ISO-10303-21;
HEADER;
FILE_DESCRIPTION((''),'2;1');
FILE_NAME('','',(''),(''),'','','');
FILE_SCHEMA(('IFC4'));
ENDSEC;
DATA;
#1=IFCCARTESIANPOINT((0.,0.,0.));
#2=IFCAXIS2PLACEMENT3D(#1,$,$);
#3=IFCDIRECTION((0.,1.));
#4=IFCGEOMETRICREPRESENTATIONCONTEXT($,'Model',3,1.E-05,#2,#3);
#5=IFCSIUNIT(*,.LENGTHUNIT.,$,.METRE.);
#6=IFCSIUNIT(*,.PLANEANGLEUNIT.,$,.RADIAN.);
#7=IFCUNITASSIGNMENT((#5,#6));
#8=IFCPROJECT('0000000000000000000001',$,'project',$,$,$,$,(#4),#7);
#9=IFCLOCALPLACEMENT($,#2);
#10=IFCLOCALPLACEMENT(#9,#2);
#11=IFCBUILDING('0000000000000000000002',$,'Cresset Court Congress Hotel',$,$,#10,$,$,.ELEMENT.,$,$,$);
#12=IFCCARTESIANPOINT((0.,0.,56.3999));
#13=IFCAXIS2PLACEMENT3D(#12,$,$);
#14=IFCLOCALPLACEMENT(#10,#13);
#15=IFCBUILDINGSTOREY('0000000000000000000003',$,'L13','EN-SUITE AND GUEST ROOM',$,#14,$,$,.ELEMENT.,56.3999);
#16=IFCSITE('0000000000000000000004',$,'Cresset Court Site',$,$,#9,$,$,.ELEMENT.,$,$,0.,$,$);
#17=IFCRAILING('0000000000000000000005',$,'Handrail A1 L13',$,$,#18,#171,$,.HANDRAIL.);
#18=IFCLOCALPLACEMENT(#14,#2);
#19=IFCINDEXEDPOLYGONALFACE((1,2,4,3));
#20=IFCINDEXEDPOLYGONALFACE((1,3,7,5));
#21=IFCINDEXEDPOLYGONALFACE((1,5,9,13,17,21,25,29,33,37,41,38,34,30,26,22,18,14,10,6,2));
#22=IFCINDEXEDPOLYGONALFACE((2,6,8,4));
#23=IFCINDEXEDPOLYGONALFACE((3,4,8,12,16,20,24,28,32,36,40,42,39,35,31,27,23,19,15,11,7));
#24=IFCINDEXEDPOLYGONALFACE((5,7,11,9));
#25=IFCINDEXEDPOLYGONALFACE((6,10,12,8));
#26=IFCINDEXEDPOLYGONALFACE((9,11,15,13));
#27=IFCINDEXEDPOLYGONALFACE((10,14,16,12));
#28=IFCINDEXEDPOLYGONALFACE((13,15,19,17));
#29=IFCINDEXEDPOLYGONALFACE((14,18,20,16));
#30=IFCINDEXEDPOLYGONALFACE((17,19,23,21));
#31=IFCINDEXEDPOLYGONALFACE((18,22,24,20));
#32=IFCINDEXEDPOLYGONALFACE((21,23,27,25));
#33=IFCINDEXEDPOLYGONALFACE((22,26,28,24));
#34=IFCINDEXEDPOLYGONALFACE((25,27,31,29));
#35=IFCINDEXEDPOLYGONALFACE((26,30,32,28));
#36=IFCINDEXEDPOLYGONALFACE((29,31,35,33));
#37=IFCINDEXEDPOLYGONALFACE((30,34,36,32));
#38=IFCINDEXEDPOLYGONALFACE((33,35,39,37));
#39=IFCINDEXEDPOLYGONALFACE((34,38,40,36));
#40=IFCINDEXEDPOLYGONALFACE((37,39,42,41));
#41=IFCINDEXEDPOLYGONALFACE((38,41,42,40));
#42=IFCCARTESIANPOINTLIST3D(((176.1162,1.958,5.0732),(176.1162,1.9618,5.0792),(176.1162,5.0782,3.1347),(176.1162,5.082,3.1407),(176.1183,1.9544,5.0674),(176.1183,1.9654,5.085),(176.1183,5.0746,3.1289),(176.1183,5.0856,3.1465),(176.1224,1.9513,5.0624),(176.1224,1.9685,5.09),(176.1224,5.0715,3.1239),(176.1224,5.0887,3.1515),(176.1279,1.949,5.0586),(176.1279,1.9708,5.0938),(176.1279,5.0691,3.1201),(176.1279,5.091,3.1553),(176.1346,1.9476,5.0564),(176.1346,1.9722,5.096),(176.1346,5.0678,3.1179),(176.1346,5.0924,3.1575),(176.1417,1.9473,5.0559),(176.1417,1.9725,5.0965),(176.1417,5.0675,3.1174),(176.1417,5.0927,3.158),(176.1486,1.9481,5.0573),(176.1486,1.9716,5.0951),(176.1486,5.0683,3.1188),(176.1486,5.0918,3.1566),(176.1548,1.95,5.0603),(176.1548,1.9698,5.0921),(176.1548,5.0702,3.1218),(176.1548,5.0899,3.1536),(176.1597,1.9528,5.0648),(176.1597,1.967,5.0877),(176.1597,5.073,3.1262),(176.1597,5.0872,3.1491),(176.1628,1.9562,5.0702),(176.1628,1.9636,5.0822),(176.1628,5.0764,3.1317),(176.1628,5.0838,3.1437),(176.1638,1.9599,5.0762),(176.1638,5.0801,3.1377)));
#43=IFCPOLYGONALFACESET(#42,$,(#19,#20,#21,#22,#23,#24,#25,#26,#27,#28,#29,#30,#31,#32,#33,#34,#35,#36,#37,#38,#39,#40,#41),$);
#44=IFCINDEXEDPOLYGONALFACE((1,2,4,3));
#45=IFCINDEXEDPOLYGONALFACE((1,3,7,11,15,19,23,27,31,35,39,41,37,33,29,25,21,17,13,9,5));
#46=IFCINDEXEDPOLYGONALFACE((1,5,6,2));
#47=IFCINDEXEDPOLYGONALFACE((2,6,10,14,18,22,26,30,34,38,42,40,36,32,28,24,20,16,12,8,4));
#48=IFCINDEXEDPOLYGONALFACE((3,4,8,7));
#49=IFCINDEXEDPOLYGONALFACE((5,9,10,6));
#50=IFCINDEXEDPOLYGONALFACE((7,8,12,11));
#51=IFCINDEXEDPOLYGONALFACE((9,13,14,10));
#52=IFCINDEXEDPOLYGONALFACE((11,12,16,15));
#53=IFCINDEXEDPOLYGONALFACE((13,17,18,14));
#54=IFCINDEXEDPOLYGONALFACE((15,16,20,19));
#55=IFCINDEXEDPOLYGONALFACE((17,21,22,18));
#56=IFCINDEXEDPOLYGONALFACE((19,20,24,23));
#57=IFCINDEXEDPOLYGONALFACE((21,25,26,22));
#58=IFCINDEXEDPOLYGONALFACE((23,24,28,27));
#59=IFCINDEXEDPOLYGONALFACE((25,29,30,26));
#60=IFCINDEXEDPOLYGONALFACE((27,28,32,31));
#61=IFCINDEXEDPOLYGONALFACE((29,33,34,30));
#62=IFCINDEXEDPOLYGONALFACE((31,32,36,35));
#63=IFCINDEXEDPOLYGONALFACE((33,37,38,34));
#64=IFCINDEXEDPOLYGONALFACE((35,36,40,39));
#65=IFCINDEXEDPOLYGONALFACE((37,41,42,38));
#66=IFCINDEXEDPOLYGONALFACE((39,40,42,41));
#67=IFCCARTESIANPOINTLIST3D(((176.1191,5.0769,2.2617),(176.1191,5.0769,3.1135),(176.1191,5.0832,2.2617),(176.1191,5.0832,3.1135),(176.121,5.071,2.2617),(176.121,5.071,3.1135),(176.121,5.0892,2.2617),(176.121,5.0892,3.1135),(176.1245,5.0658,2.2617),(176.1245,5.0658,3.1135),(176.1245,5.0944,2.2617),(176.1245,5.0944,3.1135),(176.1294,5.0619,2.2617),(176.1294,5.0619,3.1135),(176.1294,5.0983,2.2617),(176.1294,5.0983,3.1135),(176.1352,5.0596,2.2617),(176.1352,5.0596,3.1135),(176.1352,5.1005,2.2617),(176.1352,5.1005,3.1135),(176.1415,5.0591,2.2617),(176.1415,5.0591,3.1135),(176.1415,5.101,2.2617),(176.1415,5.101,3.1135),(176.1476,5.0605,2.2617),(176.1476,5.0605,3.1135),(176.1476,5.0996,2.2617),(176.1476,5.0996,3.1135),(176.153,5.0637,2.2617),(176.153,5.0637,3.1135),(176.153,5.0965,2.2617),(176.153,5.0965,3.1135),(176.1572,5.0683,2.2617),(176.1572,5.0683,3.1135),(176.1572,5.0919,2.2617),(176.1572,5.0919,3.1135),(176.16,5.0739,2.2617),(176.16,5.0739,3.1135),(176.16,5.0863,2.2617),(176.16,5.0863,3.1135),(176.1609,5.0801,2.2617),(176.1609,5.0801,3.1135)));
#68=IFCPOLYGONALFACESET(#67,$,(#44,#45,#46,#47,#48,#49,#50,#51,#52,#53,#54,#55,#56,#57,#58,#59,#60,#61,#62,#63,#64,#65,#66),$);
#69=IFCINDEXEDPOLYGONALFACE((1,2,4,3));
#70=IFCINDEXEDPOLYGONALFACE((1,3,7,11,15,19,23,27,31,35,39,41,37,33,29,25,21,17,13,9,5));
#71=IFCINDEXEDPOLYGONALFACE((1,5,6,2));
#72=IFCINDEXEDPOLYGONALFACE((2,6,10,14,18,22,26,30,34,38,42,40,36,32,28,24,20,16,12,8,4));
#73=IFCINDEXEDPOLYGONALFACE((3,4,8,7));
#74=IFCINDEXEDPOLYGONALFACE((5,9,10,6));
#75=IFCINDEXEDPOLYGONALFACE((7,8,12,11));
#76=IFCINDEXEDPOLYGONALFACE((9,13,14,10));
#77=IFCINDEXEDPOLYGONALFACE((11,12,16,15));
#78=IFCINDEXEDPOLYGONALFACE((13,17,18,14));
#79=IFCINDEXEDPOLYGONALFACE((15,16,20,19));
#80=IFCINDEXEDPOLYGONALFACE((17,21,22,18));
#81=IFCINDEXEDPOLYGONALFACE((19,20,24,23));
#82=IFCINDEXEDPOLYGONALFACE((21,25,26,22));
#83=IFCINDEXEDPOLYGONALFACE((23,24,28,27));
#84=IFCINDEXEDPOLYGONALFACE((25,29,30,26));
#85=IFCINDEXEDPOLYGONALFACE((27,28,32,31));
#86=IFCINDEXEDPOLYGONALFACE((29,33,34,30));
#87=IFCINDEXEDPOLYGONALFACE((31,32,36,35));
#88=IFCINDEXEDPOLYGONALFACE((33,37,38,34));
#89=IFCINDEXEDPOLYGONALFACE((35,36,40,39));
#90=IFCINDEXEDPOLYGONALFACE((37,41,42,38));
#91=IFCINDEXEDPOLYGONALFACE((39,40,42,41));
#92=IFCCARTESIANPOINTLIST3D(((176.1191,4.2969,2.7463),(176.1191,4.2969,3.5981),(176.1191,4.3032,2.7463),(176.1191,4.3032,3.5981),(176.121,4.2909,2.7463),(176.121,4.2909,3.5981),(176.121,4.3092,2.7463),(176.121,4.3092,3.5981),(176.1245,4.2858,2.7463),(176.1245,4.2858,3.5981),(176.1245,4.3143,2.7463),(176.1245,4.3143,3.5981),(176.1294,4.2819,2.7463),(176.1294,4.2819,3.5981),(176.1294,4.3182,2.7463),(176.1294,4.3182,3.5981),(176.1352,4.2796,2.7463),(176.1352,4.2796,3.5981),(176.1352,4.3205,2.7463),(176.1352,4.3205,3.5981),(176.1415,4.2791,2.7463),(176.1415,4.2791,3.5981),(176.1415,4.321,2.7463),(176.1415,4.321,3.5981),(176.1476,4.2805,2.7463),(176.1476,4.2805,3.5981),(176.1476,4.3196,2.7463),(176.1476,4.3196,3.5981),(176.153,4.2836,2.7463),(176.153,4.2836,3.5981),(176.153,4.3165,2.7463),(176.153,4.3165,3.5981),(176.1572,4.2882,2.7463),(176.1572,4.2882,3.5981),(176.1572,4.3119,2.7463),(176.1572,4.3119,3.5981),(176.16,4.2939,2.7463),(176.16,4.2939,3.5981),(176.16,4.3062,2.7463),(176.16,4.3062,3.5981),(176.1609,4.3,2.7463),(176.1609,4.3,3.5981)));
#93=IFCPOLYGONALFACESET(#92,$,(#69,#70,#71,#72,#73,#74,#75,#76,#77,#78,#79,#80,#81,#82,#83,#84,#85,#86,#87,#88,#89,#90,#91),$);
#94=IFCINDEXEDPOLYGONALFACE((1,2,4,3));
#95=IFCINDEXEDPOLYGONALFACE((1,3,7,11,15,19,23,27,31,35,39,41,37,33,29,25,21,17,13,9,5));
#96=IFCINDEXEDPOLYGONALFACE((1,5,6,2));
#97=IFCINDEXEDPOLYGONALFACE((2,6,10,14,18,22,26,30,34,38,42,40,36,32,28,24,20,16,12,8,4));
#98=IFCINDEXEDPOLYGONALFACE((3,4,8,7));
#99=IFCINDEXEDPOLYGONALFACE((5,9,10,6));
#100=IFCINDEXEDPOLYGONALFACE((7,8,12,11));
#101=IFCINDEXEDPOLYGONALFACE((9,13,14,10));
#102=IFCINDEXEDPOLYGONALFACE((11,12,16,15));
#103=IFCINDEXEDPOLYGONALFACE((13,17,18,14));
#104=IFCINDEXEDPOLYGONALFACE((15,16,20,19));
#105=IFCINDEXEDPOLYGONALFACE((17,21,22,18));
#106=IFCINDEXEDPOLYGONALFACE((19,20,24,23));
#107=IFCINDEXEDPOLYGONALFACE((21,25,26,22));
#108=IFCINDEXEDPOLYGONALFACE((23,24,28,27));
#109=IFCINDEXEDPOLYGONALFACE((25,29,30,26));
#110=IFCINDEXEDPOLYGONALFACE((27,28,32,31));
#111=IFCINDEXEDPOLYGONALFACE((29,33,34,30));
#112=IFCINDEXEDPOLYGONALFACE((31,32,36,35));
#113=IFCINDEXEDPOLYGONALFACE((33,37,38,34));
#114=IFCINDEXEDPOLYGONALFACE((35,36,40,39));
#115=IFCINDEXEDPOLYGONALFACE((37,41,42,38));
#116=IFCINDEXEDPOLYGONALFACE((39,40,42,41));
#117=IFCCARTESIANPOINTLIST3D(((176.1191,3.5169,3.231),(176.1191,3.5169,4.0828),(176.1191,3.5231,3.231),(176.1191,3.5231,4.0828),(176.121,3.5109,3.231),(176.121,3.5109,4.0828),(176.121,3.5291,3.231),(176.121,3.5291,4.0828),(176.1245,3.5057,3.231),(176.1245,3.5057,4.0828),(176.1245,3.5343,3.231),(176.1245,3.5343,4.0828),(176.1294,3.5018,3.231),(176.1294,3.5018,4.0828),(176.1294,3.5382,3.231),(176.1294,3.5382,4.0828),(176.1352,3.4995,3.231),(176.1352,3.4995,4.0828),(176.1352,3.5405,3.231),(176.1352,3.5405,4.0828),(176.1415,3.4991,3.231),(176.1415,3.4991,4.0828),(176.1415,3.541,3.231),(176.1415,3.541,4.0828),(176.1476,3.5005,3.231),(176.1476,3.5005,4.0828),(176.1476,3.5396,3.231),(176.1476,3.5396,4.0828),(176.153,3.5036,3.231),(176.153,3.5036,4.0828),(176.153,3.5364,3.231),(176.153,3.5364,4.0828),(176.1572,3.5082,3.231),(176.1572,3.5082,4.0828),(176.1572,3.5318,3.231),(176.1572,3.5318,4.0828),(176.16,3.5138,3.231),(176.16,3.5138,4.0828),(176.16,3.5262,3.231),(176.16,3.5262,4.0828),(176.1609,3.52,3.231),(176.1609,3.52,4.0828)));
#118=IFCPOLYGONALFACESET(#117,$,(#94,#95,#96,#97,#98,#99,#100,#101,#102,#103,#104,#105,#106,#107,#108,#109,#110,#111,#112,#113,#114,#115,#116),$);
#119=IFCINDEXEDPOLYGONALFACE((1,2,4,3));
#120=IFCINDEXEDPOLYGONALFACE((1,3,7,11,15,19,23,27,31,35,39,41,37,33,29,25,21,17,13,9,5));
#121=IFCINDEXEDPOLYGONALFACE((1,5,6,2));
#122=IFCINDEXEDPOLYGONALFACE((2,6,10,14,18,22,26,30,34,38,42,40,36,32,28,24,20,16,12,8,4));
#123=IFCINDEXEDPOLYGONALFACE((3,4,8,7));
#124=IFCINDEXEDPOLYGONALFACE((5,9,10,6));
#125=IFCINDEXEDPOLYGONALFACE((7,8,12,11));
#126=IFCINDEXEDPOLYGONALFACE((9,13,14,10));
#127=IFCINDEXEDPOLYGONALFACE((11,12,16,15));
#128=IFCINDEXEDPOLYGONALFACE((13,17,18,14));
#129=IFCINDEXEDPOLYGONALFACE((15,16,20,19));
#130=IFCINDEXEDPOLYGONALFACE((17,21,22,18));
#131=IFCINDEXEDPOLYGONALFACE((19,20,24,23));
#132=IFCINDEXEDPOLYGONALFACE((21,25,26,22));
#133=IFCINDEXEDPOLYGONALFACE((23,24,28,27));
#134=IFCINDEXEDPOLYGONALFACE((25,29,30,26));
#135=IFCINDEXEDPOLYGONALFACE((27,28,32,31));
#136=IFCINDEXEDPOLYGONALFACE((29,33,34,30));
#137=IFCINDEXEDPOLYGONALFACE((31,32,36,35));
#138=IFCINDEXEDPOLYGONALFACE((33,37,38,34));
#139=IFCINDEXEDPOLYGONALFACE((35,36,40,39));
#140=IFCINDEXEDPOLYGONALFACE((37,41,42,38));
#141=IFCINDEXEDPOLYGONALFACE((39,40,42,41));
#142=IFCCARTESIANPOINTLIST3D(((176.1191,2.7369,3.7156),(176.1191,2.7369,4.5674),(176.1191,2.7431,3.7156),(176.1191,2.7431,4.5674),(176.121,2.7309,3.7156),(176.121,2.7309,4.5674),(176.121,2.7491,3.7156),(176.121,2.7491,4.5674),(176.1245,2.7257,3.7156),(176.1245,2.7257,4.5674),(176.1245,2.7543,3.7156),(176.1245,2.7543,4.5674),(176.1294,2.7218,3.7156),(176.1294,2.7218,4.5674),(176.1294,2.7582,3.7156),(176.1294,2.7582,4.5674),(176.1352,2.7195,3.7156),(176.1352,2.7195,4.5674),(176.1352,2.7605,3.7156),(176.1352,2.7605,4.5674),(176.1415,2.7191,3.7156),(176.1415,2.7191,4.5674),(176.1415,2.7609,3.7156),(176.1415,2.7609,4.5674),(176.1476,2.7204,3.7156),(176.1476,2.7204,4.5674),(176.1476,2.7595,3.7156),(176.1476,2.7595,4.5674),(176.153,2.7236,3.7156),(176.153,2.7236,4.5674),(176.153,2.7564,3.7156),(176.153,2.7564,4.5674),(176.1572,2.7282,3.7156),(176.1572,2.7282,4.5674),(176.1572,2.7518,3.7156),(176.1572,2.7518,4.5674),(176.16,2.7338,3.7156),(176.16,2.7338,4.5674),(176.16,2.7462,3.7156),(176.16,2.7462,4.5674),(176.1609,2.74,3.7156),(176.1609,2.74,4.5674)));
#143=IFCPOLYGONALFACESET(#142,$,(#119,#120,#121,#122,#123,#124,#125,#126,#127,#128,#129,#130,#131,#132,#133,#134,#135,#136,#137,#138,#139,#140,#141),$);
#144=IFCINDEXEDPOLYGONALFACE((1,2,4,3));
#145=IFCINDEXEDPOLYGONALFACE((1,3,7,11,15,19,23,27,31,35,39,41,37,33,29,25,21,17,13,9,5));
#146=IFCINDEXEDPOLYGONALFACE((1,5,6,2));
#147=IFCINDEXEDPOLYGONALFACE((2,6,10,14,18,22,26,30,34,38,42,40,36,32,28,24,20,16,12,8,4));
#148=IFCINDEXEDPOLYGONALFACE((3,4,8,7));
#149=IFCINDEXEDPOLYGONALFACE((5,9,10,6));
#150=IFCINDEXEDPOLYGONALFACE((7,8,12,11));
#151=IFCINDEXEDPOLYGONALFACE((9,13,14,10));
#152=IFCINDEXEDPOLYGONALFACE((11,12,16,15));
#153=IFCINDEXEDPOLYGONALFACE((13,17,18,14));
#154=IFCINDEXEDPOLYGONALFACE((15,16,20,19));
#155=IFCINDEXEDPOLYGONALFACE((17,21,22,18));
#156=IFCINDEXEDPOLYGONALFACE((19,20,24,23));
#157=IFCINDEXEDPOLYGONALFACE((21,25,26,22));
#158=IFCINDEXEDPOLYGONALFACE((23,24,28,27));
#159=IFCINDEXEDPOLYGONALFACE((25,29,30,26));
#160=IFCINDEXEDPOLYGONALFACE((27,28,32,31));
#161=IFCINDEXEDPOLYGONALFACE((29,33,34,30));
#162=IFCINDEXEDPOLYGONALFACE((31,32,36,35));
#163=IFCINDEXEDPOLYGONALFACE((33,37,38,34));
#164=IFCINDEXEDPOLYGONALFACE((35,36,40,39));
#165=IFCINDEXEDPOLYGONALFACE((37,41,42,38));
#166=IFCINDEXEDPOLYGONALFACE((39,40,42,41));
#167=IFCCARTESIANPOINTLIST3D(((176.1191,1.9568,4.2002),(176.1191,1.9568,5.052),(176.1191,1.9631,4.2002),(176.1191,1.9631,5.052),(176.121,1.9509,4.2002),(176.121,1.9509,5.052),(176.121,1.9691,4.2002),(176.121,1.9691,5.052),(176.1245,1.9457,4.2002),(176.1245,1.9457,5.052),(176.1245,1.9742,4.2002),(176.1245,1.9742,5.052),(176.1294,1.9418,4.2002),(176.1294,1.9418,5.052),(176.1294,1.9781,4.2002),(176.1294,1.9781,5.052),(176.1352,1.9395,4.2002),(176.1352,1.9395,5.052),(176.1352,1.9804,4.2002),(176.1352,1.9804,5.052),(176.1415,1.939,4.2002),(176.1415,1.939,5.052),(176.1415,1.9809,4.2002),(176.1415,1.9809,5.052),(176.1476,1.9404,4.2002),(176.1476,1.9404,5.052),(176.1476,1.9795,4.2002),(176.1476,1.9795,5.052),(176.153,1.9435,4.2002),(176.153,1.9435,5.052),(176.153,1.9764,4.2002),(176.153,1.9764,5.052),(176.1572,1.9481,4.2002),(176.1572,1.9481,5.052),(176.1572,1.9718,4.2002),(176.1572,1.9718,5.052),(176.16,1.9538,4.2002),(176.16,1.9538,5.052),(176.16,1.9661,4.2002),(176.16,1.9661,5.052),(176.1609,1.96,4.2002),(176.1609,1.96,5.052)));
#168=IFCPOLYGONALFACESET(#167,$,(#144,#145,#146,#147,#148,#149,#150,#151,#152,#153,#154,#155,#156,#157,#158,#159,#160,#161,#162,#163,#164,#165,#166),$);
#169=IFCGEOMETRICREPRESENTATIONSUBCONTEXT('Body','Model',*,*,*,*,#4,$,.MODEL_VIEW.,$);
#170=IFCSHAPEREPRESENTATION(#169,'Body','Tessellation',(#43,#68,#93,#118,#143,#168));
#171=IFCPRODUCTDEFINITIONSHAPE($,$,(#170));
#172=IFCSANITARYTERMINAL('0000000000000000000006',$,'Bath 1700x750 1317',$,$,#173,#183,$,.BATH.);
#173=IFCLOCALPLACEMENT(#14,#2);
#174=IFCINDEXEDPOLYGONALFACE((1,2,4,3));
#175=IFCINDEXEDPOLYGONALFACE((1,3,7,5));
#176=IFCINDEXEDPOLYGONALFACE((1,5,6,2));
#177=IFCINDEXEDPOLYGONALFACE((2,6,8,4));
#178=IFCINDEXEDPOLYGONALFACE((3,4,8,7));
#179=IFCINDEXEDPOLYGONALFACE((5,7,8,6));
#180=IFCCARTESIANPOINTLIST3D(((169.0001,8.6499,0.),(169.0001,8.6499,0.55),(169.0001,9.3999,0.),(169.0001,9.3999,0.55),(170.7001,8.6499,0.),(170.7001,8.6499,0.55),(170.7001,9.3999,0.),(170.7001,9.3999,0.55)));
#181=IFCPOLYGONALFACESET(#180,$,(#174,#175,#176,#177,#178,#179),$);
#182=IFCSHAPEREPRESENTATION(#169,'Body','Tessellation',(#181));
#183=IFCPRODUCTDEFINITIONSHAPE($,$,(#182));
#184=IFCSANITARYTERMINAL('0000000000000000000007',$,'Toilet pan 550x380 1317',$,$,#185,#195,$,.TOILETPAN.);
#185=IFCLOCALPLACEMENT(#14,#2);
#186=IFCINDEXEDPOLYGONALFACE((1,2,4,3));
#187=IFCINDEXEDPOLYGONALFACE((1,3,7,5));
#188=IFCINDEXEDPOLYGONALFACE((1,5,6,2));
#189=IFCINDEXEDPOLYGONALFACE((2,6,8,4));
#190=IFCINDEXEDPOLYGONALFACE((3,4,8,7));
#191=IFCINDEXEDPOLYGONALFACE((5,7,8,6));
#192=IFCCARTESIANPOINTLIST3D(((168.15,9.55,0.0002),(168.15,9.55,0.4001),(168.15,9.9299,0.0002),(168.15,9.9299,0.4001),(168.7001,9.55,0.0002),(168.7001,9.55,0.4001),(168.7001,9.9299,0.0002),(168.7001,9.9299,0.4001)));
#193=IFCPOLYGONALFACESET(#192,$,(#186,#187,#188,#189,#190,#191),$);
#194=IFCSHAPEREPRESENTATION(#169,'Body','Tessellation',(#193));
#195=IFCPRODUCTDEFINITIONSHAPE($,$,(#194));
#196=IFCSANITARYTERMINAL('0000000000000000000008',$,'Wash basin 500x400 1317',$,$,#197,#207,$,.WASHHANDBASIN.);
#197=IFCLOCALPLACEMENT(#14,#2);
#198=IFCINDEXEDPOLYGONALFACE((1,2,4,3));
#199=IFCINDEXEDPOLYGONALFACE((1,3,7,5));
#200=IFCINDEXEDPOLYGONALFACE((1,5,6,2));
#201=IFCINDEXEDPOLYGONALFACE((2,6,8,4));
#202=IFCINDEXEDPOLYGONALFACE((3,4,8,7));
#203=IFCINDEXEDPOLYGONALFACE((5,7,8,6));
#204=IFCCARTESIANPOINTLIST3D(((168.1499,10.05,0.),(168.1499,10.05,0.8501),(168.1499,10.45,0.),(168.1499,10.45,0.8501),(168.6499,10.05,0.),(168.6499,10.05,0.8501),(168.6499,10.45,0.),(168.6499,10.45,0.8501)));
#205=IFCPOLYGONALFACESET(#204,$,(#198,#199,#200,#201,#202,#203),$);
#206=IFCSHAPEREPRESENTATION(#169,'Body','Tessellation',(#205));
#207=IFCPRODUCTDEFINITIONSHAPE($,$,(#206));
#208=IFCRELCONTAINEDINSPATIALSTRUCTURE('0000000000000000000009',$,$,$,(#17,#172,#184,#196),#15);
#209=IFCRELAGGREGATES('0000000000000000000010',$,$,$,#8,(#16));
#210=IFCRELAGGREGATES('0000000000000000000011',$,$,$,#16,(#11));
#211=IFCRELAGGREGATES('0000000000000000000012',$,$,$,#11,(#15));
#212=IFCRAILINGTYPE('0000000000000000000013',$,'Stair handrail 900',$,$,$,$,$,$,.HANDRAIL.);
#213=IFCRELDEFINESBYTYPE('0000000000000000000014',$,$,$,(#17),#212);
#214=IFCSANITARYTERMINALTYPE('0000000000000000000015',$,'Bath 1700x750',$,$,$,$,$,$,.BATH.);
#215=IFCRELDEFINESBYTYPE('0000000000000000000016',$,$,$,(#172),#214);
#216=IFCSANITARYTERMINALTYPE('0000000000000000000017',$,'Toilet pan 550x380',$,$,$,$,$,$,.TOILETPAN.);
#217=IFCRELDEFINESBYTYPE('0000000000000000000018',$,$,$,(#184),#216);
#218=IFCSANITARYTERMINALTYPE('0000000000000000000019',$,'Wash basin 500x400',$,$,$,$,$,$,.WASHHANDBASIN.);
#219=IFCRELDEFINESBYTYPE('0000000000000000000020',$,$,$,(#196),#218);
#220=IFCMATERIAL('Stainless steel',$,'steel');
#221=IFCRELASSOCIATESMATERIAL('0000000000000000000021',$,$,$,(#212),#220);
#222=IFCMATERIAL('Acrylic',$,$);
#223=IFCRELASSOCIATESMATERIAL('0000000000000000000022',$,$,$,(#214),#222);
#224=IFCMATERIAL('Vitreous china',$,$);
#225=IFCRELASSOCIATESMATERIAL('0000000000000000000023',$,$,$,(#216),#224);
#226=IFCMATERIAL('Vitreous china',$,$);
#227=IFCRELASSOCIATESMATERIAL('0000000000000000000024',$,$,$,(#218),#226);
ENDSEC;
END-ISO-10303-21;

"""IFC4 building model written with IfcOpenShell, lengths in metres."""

from ifc_helpers import new_model, si_unit, direction, frame, origin, origin_2d, place, context, subcontext, project, spatial, rectangle, circle, extrude, material, type_object, element, save


model = new_model("IFC4")

# Units and contexts
model_context = context("Model", 3, precision=1e-05, world=origin(), true_north=direction((0.0, 1.0)))
body_context = subcontext(model_context, "Body", "Model", "MODEL_VIEW")
ifc_project = project(units=[si_unit("LENGTHUNIT", "METRE"), si_unit("PLANEANGLEUNIT", "RADIAN")], contexts=[model_context])

# Site, building, storey
site_placement = place(None, origin())
site = spatial("IfcSite", under=ifc_project, at=site_placement, Name="Cresset Court Site", CompositionType="ELEMENT", RefElevation=0.0)
building_placement = place(site_placement, origin())
building = spatial("IfcBuilding", under=site, at=building_placement, Name="Cresset Court Congress Hotel", CompositionType="ELEMENT")
storey_placement = place(building_placement, frame((0.0, 0.0, 56.3999)))
storey = spatial("IfcBuildingStorey", under=building, at=storey_placement, Name="L13", Description="EN-SUITE AND GUEST ROOM", CompositionType="ELEMENT", Elevation=56.3999)

# Railing
ifc_material_1 = material(Name="Stainless steel", Category="steel")
railing_type_1 = type_object("IfcRailingType", Name="Stair handrail 900", PredefinedType="HANDRAIL", material=ifc_material_1)
for number, where, name in (
    (1, (176.1399, 5.0801, 2.2617), "Handrail A1 L13"),
):
    element("IfcRailing", number, at=place(storey_placement, frame(where)), inside=storey, type_object=railing_type_1, Name=name, PredefinedType="HANDRAIL", context=body_context, shape_type="SweptSolid", body=[
        extrude(circle(Radius=0.0239, at=origin_2d()), frame((0.0, 0.0, 0.876), z_axis=(0.0, -0.849414, 0.527727), x_axis=(1.0, 0.0, 0.0)), (0.0, 0.0, 1.0), 3.6733),
        extrude(circle(Radius=0.021, at=origin_2d()), origin(), (0.0, 0.0, 1.0), 0.8518),
        extrude(circle(Radius=0.021, at=origin_2d()), frame((0.0, -0.78, 0.4846)), (0.0, 0.0, 1.0), 0.8518),
        extrude(circle(Radius=0.021, at=origin_2d()), frame((0.0, -1.5601, 0.9692)), (0.0, 0.0, 1.0), 0.8518),
        extrude(circle(Radius=0.021, at=origin_2d()), frame((0.0, -2.3401, 1.4539)), (0.0, 0.0, 1.0), 0.8518),
        extrude(circle(Radius=0.021, at=origin_2d()), frame((0.0, -3.1201, 1.9385)), (0.0, 0.0, 1.0), 0.8518),
    ])

# Sanitary terminals
ifc_material_2 = material(Name="Acrylic")
sanitary_terminal_type_1 = type_object("IfcSanitaryTerminalType", Name="Bath 1700x750", PredefinedType="BATH", material=ifc_material_2)
sanitary_terminal_1_placement = place(storey_placement, frame((169.8501, 9.0249, 0.0), z_axis=(0.0, 0.0, 1.0), x_axis=(1.0, 0.0, 0.0)))
element("IfcSanitaryTerminal", 2, at=sanitary_terminal_1_placement, inside=storey, type_object=sanitary_terminal_type_1, Name="Bath 1700x750 1317", PredefinedType="BATH", context=body_context, shape_type="SweptSolid", body=[
    extrude(rectangle(XDim=1.7, YDim=0.75, at=origin_2d()), origin(), (0.0, 0.0, 1.0), 0.55),
])
ifc_material_3 = material(Name="Vitreous china")
sanitary_terminal_type_2 = type_object("IfcSanitaryTerminalType", Name="Toilet pan 550x380", PredefinedType="TOILETPAN", material=ifc_material_3)
sanitary_terminal_2_placement = place(storey_placement, frame((168.425, 9.74, 0.0002), z_axis=(0.0, 0.0, 1.0), x_axis=(1.0, 0.0, 0.0)))
element("IfcSanitaryTerminal", 3, at=sanitary_terminal_2_placement, inside=storey, type_object=sanitary_terminal_type_2, Name="Toilet pan 550x380 1317", PredefinedType="TOILETPAN", context=body_context, shape_type="SweptSolid", body=[
    extrude(rectangle(XDim=0.55, YDim=0.3799, at=origin_2d()), origin(), (0.0, 0.0, 1.0), 0.3999),
])
ifc_material_4 = material(Name="Vitreous china")
sanitary_terminal_type_3 = type_object("IfcSanitaryTerminalType", Name="Wash basin 500x400", PredefinedType="WASHHANDBASIN", material=ifc_material_4)
sanitary_terminal_3_placement = place(storey_placement, frame((168.3999, 10.25, 0.0), z_axis=(0.0, 0.0, 1.0), x_axis=(1.0, 0.0, 0.0)))
element("IfcSanitaryTerminal", 4, at=sanitary_terminal_3_placement, inside=storey, type_object=sanitary_terminal_type_3, Name="Wash basin 500x400 1317", PredefinedType="WASHHANDBASIN", context=body_context, shape_type="SweptSolid", body=[
    extrude(rectangle(XDim=0.5, YDim=0.3999, at=origin_2d()), origin(), (0.0, 0.0, 1.0), 0.8501),
])

save(model, "model.ifc")
